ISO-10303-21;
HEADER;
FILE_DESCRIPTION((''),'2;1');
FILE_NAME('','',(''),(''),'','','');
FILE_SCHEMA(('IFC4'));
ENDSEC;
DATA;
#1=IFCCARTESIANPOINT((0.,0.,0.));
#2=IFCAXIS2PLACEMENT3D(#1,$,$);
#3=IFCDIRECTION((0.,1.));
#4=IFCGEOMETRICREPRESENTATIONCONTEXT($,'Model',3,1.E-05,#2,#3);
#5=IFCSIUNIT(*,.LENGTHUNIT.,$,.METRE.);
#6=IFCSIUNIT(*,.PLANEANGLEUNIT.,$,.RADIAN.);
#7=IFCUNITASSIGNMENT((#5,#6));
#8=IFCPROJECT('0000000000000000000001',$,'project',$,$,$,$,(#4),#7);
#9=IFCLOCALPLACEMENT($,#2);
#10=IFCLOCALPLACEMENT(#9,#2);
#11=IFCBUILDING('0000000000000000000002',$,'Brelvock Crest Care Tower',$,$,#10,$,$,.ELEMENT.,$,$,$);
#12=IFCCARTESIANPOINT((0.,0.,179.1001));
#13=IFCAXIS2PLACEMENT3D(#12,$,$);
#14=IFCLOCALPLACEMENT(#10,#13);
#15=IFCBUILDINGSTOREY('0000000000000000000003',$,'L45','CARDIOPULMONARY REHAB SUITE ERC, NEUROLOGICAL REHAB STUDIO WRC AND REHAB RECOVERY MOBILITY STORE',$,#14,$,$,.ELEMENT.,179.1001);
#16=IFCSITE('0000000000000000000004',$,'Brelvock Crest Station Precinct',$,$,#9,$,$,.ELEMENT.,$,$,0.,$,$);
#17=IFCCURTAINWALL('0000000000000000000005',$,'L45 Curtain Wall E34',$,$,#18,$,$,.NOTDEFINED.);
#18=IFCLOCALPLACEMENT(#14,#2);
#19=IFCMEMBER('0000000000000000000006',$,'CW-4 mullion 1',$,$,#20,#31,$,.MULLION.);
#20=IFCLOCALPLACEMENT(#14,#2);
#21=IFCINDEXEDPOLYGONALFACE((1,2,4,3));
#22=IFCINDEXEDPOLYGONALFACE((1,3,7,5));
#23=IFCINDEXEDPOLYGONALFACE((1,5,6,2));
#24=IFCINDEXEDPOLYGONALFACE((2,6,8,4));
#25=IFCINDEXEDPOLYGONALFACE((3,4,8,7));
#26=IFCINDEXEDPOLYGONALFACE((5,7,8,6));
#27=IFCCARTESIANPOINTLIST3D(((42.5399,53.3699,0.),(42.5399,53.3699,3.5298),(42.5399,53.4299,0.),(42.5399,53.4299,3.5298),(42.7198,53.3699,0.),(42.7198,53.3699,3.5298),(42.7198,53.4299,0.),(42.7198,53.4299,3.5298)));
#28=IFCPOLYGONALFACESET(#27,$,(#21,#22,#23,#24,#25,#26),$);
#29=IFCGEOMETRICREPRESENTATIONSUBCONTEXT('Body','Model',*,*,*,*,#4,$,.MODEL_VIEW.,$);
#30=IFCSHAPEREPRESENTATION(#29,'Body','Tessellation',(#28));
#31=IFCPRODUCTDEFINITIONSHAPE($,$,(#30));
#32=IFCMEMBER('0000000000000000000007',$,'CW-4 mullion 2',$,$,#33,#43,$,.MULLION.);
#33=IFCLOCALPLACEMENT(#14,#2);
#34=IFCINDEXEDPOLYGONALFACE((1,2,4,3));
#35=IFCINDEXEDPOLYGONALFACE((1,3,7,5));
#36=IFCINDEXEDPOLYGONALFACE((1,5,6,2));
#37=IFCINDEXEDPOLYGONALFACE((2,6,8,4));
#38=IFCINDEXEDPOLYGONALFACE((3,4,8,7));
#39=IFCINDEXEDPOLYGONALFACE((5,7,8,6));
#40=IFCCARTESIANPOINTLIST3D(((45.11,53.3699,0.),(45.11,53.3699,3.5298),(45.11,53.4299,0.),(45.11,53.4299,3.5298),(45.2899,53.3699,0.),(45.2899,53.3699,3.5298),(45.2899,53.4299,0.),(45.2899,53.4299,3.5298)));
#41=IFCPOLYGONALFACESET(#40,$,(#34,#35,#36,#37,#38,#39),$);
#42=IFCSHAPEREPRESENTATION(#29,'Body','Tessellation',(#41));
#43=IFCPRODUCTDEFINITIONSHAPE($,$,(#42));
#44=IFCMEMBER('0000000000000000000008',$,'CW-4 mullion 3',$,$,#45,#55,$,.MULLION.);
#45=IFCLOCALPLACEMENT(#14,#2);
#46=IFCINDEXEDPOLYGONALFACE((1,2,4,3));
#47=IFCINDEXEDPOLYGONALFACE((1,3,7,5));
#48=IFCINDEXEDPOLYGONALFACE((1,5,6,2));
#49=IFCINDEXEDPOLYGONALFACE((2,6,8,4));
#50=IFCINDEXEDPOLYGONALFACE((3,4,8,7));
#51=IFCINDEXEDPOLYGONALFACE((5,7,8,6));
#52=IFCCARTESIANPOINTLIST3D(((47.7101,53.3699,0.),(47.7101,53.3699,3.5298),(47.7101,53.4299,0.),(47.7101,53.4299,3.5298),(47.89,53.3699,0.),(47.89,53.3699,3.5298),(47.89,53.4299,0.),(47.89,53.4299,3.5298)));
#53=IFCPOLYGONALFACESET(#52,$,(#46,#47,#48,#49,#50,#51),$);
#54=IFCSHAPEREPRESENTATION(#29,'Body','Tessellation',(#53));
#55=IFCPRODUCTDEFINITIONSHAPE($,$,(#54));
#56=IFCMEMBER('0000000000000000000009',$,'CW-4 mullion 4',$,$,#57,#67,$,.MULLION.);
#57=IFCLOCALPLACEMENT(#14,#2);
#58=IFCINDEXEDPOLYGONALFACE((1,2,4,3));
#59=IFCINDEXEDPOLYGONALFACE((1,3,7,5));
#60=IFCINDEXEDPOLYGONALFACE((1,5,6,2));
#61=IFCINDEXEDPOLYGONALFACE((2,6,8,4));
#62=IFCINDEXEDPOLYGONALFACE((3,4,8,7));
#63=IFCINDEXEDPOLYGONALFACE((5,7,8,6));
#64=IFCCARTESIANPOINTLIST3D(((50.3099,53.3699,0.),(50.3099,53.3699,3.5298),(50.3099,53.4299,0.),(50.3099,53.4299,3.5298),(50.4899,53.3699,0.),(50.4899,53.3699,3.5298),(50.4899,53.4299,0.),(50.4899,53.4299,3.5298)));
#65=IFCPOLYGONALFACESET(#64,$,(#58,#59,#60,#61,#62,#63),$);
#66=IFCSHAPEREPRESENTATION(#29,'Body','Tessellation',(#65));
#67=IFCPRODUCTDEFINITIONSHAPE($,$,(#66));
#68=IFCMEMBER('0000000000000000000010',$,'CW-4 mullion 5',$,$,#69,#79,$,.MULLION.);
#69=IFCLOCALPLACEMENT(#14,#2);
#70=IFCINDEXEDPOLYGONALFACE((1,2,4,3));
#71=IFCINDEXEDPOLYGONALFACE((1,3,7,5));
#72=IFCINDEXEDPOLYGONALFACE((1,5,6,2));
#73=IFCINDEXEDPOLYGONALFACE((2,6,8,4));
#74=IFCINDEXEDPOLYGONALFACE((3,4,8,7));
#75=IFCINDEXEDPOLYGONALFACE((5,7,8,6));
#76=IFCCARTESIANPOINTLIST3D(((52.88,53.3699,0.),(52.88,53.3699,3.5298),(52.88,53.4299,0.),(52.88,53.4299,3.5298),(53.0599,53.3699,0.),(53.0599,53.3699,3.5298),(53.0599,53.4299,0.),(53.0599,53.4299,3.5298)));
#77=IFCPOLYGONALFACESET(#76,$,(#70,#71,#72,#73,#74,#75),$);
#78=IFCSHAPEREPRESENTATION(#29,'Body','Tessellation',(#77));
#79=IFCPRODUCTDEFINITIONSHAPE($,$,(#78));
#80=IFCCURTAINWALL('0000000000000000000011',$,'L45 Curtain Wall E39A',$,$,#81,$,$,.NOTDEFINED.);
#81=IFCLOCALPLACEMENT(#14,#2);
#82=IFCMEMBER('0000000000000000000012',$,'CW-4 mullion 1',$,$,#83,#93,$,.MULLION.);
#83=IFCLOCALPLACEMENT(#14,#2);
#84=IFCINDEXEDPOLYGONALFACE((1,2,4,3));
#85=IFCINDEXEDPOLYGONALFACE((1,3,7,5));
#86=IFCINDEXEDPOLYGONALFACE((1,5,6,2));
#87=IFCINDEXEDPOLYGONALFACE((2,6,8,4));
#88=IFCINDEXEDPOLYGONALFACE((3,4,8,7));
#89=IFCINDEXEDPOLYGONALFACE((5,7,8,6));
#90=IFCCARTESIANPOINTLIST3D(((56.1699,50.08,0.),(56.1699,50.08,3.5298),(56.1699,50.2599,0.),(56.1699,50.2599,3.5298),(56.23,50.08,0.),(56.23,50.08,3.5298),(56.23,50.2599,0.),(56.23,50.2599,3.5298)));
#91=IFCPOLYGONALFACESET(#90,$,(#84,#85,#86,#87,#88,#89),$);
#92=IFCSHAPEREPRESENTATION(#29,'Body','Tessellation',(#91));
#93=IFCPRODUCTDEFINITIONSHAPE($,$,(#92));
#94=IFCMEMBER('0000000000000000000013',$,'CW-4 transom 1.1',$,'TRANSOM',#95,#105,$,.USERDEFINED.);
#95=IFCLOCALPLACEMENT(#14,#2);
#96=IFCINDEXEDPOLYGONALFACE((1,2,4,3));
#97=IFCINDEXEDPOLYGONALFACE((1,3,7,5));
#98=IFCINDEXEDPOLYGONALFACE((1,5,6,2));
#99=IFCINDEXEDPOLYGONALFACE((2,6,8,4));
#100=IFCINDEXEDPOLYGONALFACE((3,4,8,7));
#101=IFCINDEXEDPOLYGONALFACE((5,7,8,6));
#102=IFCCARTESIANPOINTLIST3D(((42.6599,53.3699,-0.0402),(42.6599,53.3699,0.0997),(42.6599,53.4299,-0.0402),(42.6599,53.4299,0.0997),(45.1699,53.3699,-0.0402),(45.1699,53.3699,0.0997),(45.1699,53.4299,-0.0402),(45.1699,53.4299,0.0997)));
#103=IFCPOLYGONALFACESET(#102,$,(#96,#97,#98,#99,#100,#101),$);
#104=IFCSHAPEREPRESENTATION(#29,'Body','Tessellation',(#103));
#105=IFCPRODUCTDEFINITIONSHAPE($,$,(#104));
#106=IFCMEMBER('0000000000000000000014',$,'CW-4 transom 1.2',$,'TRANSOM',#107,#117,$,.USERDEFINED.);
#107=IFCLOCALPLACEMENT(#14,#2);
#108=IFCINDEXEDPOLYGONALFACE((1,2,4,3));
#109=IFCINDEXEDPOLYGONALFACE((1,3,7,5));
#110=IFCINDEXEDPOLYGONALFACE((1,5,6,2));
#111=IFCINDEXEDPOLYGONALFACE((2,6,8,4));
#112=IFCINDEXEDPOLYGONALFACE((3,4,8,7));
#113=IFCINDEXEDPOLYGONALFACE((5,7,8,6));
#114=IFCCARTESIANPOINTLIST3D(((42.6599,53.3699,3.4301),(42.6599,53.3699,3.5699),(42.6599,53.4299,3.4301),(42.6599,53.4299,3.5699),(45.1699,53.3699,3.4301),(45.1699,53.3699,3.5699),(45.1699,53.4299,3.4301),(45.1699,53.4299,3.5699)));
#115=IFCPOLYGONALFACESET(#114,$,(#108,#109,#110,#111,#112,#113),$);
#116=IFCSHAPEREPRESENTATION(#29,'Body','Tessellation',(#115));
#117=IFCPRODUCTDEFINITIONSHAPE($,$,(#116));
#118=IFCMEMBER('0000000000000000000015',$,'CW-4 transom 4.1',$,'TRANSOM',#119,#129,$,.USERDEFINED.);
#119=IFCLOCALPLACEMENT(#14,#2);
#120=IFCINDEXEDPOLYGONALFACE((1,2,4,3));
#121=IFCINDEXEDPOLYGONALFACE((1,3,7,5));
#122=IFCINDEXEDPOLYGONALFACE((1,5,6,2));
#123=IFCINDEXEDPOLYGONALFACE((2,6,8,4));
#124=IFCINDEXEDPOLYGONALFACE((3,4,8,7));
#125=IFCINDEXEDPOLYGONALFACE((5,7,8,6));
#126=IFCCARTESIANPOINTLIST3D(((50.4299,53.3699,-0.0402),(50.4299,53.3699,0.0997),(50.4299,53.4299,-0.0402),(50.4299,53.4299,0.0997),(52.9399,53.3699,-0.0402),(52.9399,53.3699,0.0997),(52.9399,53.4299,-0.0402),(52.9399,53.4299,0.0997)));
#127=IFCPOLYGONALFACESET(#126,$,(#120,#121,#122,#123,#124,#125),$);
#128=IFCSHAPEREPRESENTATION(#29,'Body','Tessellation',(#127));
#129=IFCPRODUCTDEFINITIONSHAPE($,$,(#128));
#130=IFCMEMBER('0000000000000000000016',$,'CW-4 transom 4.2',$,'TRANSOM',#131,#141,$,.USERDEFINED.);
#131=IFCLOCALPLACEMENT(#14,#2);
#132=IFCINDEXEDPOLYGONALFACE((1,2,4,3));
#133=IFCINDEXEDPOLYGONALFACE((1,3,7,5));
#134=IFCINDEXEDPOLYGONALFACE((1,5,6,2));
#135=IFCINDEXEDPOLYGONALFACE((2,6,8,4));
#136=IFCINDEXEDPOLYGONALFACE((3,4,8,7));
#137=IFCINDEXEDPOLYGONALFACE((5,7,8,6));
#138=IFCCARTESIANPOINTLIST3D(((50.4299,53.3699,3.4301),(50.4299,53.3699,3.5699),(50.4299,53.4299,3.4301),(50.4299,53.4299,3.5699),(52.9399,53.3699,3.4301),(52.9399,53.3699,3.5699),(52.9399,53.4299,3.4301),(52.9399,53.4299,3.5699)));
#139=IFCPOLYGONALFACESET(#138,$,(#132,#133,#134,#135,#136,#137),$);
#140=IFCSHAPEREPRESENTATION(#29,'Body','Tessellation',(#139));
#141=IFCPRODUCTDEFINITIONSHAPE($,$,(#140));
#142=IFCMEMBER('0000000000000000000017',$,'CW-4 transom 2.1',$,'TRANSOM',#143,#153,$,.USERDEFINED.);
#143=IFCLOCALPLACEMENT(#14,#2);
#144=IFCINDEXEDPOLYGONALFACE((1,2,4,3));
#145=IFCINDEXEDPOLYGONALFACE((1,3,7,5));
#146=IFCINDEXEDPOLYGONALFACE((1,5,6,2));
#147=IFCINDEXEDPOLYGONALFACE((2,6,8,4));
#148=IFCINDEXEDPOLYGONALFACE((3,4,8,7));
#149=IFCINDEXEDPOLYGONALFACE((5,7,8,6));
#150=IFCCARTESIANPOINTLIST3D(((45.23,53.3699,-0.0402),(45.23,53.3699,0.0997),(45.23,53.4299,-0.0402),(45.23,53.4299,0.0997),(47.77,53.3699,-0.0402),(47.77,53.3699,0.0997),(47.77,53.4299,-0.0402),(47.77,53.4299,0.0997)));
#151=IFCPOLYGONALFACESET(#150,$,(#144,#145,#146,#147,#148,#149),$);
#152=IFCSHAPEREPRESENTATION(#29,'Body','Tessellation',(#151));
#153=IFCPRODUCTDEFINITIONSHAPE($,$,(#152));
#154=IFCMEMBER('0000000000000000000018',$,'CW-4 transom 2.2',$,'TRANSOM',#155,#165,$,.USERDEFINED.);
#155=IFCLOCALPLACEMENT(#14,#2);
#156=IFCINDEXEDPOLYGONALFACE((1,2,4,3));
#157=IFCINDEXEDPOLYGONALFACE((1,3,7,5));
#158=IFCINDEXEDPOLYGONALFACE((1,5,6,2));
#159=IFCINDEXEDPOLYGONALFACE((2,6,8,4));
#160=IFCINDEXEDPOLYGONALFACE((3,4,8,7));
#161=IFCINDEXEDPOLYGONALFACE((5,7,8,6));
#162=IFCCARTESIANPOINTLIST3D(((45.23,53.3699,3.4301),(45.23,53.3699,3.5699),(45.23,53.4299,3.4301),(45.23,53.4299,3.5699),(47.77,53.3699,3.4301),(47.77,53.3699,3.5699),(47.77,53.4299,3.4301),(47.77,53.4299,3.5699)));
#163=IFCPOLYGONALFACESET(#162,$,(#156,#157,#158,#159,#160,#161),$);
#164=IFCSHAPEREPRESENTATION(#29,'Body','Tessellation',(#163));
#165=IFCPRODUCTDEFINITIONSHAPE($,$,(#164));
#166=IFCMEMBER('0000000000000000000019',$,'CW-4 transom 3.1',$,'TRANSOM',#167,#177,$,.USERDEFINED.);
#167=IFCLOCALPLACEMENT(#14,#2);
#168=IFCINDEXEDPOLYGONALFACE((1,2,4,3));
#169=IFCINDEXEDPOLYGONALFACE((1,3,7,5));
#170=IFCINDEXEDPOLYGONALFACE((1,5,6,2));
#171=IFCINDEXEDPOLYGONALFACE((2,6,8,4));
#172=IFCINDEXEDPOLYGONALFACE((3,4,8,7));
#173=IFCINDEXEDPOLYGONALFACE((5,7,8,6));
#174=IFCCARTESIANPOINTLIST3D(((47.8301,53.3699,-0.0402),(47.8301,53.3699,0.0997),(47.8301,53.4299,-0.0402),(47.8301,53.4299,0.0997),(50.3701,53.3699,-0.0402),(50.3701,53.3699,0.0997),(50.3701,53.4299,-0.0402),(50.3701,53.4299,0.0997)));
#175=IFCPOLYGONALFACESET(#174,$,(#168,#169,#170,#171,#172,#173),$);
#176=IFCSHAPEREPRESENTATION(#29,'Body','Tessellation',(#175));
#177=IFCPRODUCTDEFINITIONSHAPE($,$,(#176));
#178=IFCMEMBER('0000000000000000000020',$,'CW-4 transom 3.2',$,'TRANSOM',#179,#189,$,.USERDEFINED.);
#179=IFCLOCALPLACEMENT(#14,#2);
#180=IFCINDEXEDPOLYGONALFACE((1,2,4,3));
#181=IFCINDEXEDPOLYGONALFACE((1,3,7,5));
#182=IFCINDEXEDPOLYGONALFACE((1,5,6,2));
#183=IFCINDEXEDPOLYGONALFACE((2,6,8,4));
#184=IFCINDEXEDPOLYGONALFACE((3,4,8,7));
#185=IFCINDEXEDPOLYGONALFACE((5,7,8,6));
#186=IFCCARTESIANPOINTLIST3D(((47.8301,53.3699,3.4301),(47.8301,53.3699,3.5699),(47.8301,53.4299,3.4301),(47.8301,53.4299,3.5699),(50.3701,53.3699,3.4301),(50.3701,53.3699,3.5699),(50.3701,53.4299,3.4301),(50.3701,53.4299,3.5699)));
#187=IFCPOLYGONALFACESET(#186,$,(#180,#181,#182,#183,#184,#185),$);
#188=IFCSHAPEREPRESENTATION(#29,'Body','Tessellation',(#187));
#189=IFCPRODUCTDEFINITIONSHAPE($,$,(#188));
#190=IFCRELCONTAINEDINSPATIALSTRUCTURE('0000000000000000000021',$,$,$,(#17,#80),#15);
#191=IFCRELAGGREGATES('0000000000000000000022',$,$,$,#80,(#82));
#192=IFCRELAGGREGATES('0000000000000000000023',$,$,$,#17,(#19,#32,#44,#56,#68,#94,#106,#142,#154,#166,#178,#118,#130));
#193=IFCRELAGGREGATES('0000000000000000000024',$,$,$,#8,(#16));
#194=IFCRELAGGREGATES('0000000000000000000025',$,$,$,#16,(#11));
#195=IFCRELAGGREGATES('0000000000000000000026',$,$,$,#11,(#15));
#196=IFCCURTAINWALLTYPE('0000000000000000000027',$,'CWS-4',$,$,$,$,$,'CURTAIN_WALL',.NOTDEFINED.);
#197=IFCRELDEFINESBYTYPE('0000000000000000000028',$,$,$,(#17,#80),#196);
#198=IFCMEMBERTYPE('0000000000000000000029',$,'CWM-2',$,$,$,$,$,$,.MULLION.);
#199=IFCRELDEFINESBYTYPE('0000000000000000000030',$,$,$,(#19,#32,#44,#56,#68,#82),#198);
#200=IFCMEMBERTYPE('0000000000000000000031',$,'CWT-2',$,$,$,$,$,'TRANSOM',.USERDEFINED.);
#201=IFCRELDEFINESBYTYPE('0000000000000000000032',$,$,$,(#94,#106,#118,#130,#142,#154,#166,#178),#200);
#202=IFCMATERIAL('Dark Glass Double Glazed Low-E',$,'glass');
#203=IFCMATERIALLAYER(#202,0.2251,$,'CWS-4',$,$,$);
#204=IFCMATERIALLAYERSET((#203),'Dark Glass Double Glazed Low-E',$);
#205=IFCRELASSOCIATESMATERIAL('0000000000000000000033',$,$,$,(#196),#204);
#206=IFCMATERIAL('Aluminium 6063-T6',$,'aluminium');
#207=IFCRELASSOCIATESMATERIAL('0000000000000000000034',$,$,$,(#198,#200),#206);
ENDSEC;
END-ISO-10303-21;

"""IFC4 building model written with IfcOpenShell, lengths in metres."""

from ifc_helpers import new_model, si_unit, direction, frame, origin, origin_2d, place, context, subcontext, project, spatial, rectangle, extrude, source, transform, mapped, material, layer, layer_set, material_profile, profile_set, type_object, element, aggregate, save


model = new_model("IFC4")

# Units and contexts
model_context = context("Model", 3, precision=1e-05, world=origin(), true_north=direction((0.0, 1.0)))
body_context = subcontext(model_context, "Body", "Model", "MODEL_VIEW")
ifc_project = project(units=[si_unit("LENGTHUNIT", "METRE"), si_unit("PLANEANGLEUNIT", "RADIAN")], contexts=[model_context])

# Site, building, storey
site_placement = place(None, origin())
site = spatial("IfcSite", under=ifc_project, at=site_placement, Name="Brelvock Crest Station Precinct", CompositionType="ELEMENT", RefElevation=0.0)
building_placement = place(site_placement, origin())
building = spatial("IfcBuilding", under=site, at=building_placement, Name="Brelvock Crest Care Tower", CompositionType="ELEMENT")
storey_placement = place(building_placement, frame((0.0, 0.0, 179.1001)))
storey = spatial("IfcBuildingStorey", under=building, at=storey_placement, Name="L45", Description="CARDIOPULMONARY REHAB SUITE ERC, NEUROLOGICAL REHAB STUDIO WRC AND REHAB RECOVERY MOBILITY STORE", CompositionType="ELEMENT", Elevation=179.1001)

# Curtain wall, members
ifc_material_1 = material(Name="Dark Glass Double Glazed Low-E", Category="glass")
ifc_layer_1 = layer(ifc_material_1, 0.2251, Name="CWS-4")
ifc_layer_set_1 = layer_set([ifc_layer_1], Name="Dark Glass Double Glazed Low-E")
curtain_wall_type = type_object("IfcCurtainWallType", Name="CWS-4", ElementType="CURTAIN_WALL", PredefinedType="NOTDEFINED", material=ifc_layer_set_1)
curtain_wall_1_placement = place(storey_placement, origin())
curtain_wall_1 = element("IfcCurtainWall", 1, at=curtain_wall_1_placement, inside=storey, type_object=curtain_wall_type, Name="L45 Curtain Wall E34", PredefinedType="NOTDEFINED")
ifc_material_2 = material(Name="Aluminium 6063-T6", Category="aluminium")
ifc_material_profile_1 = material_profile(ifc_material_2, rectangle(XDim=0.0601, YDim=0.1799, at=origin_2d()), Name="ALU60x180")
ifc_profile_set_1 = profile_set([ifc_material_profile_1], Name="Aluminium 6063-T6")
member_type_1 = type_object("IfcMemberType", Name="CWM-2", PredefinedType="MULLION", material=ifc_profile_set_1)
shared_shape_1 = source(origin(), body_context, "Body", "SweptSolid", [
    extrude(rectangle(XDim=0.0601, YDim=0.1799, at=origin_2d()), origin(), (0.0, 0.0, 1.0), 3.5298),
])
member_1_placement = place(storey_placement, frame((42.6299, 53.3999, 0.0), z_axis=(0.0, 0.0, 1.0), x_axis=(0.0, 1.0, 0.0)))
member_1 = element("IfcMember", 2, at=member_1_placement, type_object=member_type_1, Name="CW-4 mullion 1", PredefinedType="MULLION", context=body_context, shape_type="MappedRepresentation", body=[
    mapped(shared_shape_1, transform((0.0, 0.0, 0.0), x_axis=(1.0, 0.0, 0.0), y_axis=(0.0, 1.0, 0.0), z_axis=(0.0, 0.0, 1.0), scale=1.0)),
])
member_2_placement = place(storey_placement, frame((45.2, 53.3999, 0.0), z_axis=(0.0, 0.0, 1.0), x_axis=(0.0, 1.0, 0.0)))
member_2 = element("IfcMember", 3, at=member_2_placement, type_object=member_type_1, Name="CW-4 mullion 2", PredefinedType="MULLION", context=body_context, shape_type="MappedRepresentation", body=[
    mapped(shared_shape_1, transform((0.0, 0.0, 0.0), x_axis=(1.0, 0.0, 0.0), y_axis=(0.0, 1.0, 0.0), z_axis=(0.0, 0.0, 1.0), scale=1.0)),
])
member_3_placement = place(storey_placement, frame((47.8, 53.3999, 0.0), z_axis=(0.0, 0.0, 1.0), x_axis=(0.0, 1.0, 0.0)))
member_3 = element("IfcMember", 4, at=member_3_placement, type_object=member_type_1, Name="CW-4 mullion 3", PredefinedType="MULLION", context=body_context, shape_type="MappedRepresentation", body=[
    mapped(shared_shape_1, transform((0.0, 0.0, 0.0), x_axis=(1.0, 0.0, 0.0), y_axis=(0.0, 1.0, 0.0), z_axis=(0.0, 0.0, 1.0), scale=1.0)),
])
member_4_placement = place(storey_placement, frame((50.3999, 53.3999, 0.0), z_axis=(0.0, 0.0, 1.0), x_axis=(0.0, 1.0, 0.0)))
member_4 = element("IfcMember", 5, at=member_4_placement, type_object=member_type_1, Name="CW-4 mullion 4", PredefinedType="MULLION", context=body_context, shape_type="MappedRepresentation", body=[
    mapped(shared_shape_1, transform((0.0, 0.0, 0.0), x_axis=(1.0, 0.0, 0.0), y_axis=(0.0, 1.0, 0.0), z_axis=(0.0, 0.0, 1.0), scale=1.0)),
])
member_5_placement = place(storey_placement, frame((52.97, 53.3999, 0.0), z_axis=(0.0, 0.0, 1.0), x_axis=(0.0, 1.0, 0.0)))
member_5 = element("IfcMember", 6, at=member_5_placement, type_object=member_type_1, Name="CW-4 mullion 5", PredefinedType="MULLION", context=body_context, shape_type="MappedRepresentation", body=[
    mapped(shared_shape_1, transform((0.0, 0.0, 0.0), x_axis=(1.0, 0.0, 0.0), y_axis=(0.0, 1.0, 0.0), z_axis=(0.0, 0.0, 1.0), scale=1.0)),
])

# Curtain wall, member
curtain_wall_2_placement = place(storey_placement, origin())
curtain_wall_2 = element("IfcCurtainWall", 7, at=curtain_wall_2_placement, inside=storey, type_object=curtain_wall_type, Name="L45 Curtain Wall E39A", PredefinedType="NOTDEFINED")
member_6_placement = place(storey_placement, frame((56.2, 50.1699, 0.0), z_axis=(0.0, 0.0, 1.0), x_axis=(1.0, 0.0, 0.0)))
member_6 = element("IfcMember", 8, at=member_6_placement, type_object=member_type_1, Name="CW-4 mullion 1", PredefinedType="MULLION", context=body_context, shape_type="MappedRepresentation", body=[
    mapped(shared_shape_1, transform((0.0, 0.0, 0.0), x_axis=(1.0, 0.0, 0.0), y_axis=(0.0, 1.0, 0.0), z_axis=(0.0, 0.0, 1.0), scale=1.0)),
])
aggregate(curtain_wall_2, [member_6])

# Members
ifc_material_profile_2 = material_profile(ifc_material_2, rectangle(XDim=0.0601, YDim=0.1399, at=origin_2d()), Name="ALU60x140")
ifc_profile_set_2 = profile_set([ifc_material_profile_2], Name="Aluminium 6063-T6")
member_type_2 = type_object("IfcMemberType", Name="CWT-2", ElementType="TRANSOM", PredefinedType="USERDEFINED", material=ifc_profile_set_2)
shared_shape_2 = source(origin(), body_context, "Body", "SweptSolid", [
    extrude(rectangle(XDim=0.0601, YDim=0.1399, at=origin_2d()), origin(), (0.0, 0.0, 1.0), 2.51),
])
member_7_placement = place(storey_placement, frame((42.6599, 53.3999, 0.0298), z_axis=(1.0, 0.0, 0.0), x_axis=(0.0, 1.0, 0.0)))
member_7 = element("IfcMember", 9, at=member_7_placement, type_object=member_type_2, Name="CW-4 transom 1.1", ObjectType="TRANSOM", PredefinedType="USERDEFINED", context=body_context, shape_type="MappedRepresentation", body=[
    mapped(shared_shape_2, transform((0.0, 0.0, 0.0), x_axis=(1.0, 0.0, 0.0), y_axis=(0.0, 1.0, 0.0), z_axis=(0.0, 0.0, 1.0), scale=1.0)),
])
member_8_placement = place(storey_placement, frame((42.6599, 53.3999, 3.5), z_axis=(1.0, 0.0, 0.0), x_axis=(0.0, 1.0, 0.0)))
member_8 = element("IfcMember", 10, at=member_8_placement, type_object=member_type_2, Name="CW-4 transom 1.2", ObjectType="TRANSOM", PredefinedType="USERDEFINED", context=body_context, shape_type="MappedRepresentation", body=[
    mapped(shared_shape_2, transform((0.0, 0.0, 0.0), x_axis=(1.0, 0.0, 0.0), y_axis=(0.0, 1.0, 0.0), z_axis=(0.0, 0.0, 1.0), scale=1.0)),
])
member_9_placement = place(storey_placement, frame((50.4299, 53.3999, 0.0298), z_axis=(1.0, 0.0, 0.0), x_axis=(0.0, 1.0, 0.0)))
member_9 = element("IfcMember", 11, at=member_9_placement, type_object=member_type_2, Name="CW-4 transom 4.1", ObjectType="TRANSOM", PredefinedType="USERDEFINED", context=body_context, shape_type="MappedRepresentation", body=[
    mapped(shared_shape_2, transform((0.0, 0.0, 0.0), x_axis=(1.0, 0.0, 0.0), y_axis=(0.0, 1.0, 0.0), z_axis=(0.0, 0.0, 1.0), scale=1.0)),
])
member_10_placement = place(storey_placement, frame((50.4299, 53.3999, 3.5), z_axis=(1.0, 0.0, 0.0), x_axis=(0.0, 1.0, 0.0)))
member_10 = element("IfcMember", 12, at=member_10_placement, type_object=member_type_2, Name="CW-4 transom 4.2", ObjectType="TRANSOM", PredefinedType="USERDEFINED", context=body_context, shape_type="MappedRepresentation", body=[
    mapped(shared_shape_2, transform((0.0, 0.0, 0.0), x_axis=(1.0, 0.0, 0.0), y_axis=(0.0, 1.0, 0.0), z_axis=(0.0, 0.0, 1.0), scale=1.0)),
])
shared_shape_3 = source(origin(), body_context, "Body", "SweptSolid", [
    extrude(rectangle(XDim=0.0601, YDim=0.1399, at=origin_2d()), origin(), (0.0, 0.0, 1.0), 2.54),
])
member_11_placement = place(storey_placement, frame((45.23, 53.3999, 0.0298), z_axis=(1.0, 0.0, 0.0), x_axis=(0.0, 1.0, 0.0)))
member_11 = element("IfcMember", 13, at=member_11_placement, type_object=member_type_2, Name="CW-4 transom 2.1", ObjectType="TRANSOM", PredefinedType="USERDEFINED", context=body_context, shape_type="MappedRepresentation", body=[
    mapped(shared_shape_3, transform((0.0, 0.0, 0.0), x_axis=(1.0, 0.0, 0.0), y_axis=(0.0, 1.0, 0.0), z_axis=(0.0, 0.0, 1.0), scale=1.0)),
])
member_12_placement = place(storey_placement, frame((45.23, 53.3999, 3.5), z_axis=(1.0, 0.0, 0.0), x_axis=(0.0, 1.0, 0.0)))
member_12 = element("IfcMember", 14, at=member_12_placement, type_object=member_type_2, Name="CW-4 transom 2.2", ObjectType="TRANSOM", PredefinedType="USERDEFINED", context=body_context, shape_type="MappedRepresentation", body=[
    mapped(shared_shape_3, transform((0.0, 0.0, 0.0), x_axis=(1.0, 0.0, 0.0), y_axis=(0.0, 1.0, 0.0), z_axis=(0.0, 0.0, 1.0), scale=1.0)),
])
member_13_placement = place(storey_placement, frame((47.8301, 53.3999, 0.0298), z_axis=(1.0, 0.0, 0.0), x_axis=(0.0, 1.0, 0.0)))
member_13 = element("IfcMember", 15, at=member_13_placement, type_object=member_type_2, Name="CW-4 transom 3.1", ObjectType="TRANSOM", PredefinedType="USERDEFINED", context=body_context, shape_type="MappedRepresentation", body=[
    mapped(shared_shape_3, transform((0.0, 0.0, 0.0), x_axis=(1.0, 0.0, 0.0), y_axis=(0.0, 1.0, 0.0), z_axis=(0.0, 0.0, 1.0), scale=1.0)),
])
member_14_placement = place(storey_placement, frame((47.8301, 53.3999, 3.5), z_axis=(1.0, 0.0, 0.0), x_axis=(0.0, 1.0, 0.0)))
member_14 = element("IfcMember", 16, at=member_14_placement, type_object=member_type_2, Name="CW-4 transom 3.2", ObjectType="TRANSOM", PredefinedType="USERDEFINED", context=body_context, shape_type="MappedRepresentation", body=[
    mapped(shared_shape_3, transform((0.0, 0.0, 0.0), x_axis=(1.0, 0.0, 0.0), y_axis=(0.0, 1.0, 0.0), z_axis=(0.0, 0.0, 1.0), scale=1.0)),
])

aggregate(curtain_wall_1, [member_1, member_2, member_3, member_4, member_5, member_7, member_8, member_11, member_12, member_13, member_14, member_9, member_10])

save(model, "model.ifc")
